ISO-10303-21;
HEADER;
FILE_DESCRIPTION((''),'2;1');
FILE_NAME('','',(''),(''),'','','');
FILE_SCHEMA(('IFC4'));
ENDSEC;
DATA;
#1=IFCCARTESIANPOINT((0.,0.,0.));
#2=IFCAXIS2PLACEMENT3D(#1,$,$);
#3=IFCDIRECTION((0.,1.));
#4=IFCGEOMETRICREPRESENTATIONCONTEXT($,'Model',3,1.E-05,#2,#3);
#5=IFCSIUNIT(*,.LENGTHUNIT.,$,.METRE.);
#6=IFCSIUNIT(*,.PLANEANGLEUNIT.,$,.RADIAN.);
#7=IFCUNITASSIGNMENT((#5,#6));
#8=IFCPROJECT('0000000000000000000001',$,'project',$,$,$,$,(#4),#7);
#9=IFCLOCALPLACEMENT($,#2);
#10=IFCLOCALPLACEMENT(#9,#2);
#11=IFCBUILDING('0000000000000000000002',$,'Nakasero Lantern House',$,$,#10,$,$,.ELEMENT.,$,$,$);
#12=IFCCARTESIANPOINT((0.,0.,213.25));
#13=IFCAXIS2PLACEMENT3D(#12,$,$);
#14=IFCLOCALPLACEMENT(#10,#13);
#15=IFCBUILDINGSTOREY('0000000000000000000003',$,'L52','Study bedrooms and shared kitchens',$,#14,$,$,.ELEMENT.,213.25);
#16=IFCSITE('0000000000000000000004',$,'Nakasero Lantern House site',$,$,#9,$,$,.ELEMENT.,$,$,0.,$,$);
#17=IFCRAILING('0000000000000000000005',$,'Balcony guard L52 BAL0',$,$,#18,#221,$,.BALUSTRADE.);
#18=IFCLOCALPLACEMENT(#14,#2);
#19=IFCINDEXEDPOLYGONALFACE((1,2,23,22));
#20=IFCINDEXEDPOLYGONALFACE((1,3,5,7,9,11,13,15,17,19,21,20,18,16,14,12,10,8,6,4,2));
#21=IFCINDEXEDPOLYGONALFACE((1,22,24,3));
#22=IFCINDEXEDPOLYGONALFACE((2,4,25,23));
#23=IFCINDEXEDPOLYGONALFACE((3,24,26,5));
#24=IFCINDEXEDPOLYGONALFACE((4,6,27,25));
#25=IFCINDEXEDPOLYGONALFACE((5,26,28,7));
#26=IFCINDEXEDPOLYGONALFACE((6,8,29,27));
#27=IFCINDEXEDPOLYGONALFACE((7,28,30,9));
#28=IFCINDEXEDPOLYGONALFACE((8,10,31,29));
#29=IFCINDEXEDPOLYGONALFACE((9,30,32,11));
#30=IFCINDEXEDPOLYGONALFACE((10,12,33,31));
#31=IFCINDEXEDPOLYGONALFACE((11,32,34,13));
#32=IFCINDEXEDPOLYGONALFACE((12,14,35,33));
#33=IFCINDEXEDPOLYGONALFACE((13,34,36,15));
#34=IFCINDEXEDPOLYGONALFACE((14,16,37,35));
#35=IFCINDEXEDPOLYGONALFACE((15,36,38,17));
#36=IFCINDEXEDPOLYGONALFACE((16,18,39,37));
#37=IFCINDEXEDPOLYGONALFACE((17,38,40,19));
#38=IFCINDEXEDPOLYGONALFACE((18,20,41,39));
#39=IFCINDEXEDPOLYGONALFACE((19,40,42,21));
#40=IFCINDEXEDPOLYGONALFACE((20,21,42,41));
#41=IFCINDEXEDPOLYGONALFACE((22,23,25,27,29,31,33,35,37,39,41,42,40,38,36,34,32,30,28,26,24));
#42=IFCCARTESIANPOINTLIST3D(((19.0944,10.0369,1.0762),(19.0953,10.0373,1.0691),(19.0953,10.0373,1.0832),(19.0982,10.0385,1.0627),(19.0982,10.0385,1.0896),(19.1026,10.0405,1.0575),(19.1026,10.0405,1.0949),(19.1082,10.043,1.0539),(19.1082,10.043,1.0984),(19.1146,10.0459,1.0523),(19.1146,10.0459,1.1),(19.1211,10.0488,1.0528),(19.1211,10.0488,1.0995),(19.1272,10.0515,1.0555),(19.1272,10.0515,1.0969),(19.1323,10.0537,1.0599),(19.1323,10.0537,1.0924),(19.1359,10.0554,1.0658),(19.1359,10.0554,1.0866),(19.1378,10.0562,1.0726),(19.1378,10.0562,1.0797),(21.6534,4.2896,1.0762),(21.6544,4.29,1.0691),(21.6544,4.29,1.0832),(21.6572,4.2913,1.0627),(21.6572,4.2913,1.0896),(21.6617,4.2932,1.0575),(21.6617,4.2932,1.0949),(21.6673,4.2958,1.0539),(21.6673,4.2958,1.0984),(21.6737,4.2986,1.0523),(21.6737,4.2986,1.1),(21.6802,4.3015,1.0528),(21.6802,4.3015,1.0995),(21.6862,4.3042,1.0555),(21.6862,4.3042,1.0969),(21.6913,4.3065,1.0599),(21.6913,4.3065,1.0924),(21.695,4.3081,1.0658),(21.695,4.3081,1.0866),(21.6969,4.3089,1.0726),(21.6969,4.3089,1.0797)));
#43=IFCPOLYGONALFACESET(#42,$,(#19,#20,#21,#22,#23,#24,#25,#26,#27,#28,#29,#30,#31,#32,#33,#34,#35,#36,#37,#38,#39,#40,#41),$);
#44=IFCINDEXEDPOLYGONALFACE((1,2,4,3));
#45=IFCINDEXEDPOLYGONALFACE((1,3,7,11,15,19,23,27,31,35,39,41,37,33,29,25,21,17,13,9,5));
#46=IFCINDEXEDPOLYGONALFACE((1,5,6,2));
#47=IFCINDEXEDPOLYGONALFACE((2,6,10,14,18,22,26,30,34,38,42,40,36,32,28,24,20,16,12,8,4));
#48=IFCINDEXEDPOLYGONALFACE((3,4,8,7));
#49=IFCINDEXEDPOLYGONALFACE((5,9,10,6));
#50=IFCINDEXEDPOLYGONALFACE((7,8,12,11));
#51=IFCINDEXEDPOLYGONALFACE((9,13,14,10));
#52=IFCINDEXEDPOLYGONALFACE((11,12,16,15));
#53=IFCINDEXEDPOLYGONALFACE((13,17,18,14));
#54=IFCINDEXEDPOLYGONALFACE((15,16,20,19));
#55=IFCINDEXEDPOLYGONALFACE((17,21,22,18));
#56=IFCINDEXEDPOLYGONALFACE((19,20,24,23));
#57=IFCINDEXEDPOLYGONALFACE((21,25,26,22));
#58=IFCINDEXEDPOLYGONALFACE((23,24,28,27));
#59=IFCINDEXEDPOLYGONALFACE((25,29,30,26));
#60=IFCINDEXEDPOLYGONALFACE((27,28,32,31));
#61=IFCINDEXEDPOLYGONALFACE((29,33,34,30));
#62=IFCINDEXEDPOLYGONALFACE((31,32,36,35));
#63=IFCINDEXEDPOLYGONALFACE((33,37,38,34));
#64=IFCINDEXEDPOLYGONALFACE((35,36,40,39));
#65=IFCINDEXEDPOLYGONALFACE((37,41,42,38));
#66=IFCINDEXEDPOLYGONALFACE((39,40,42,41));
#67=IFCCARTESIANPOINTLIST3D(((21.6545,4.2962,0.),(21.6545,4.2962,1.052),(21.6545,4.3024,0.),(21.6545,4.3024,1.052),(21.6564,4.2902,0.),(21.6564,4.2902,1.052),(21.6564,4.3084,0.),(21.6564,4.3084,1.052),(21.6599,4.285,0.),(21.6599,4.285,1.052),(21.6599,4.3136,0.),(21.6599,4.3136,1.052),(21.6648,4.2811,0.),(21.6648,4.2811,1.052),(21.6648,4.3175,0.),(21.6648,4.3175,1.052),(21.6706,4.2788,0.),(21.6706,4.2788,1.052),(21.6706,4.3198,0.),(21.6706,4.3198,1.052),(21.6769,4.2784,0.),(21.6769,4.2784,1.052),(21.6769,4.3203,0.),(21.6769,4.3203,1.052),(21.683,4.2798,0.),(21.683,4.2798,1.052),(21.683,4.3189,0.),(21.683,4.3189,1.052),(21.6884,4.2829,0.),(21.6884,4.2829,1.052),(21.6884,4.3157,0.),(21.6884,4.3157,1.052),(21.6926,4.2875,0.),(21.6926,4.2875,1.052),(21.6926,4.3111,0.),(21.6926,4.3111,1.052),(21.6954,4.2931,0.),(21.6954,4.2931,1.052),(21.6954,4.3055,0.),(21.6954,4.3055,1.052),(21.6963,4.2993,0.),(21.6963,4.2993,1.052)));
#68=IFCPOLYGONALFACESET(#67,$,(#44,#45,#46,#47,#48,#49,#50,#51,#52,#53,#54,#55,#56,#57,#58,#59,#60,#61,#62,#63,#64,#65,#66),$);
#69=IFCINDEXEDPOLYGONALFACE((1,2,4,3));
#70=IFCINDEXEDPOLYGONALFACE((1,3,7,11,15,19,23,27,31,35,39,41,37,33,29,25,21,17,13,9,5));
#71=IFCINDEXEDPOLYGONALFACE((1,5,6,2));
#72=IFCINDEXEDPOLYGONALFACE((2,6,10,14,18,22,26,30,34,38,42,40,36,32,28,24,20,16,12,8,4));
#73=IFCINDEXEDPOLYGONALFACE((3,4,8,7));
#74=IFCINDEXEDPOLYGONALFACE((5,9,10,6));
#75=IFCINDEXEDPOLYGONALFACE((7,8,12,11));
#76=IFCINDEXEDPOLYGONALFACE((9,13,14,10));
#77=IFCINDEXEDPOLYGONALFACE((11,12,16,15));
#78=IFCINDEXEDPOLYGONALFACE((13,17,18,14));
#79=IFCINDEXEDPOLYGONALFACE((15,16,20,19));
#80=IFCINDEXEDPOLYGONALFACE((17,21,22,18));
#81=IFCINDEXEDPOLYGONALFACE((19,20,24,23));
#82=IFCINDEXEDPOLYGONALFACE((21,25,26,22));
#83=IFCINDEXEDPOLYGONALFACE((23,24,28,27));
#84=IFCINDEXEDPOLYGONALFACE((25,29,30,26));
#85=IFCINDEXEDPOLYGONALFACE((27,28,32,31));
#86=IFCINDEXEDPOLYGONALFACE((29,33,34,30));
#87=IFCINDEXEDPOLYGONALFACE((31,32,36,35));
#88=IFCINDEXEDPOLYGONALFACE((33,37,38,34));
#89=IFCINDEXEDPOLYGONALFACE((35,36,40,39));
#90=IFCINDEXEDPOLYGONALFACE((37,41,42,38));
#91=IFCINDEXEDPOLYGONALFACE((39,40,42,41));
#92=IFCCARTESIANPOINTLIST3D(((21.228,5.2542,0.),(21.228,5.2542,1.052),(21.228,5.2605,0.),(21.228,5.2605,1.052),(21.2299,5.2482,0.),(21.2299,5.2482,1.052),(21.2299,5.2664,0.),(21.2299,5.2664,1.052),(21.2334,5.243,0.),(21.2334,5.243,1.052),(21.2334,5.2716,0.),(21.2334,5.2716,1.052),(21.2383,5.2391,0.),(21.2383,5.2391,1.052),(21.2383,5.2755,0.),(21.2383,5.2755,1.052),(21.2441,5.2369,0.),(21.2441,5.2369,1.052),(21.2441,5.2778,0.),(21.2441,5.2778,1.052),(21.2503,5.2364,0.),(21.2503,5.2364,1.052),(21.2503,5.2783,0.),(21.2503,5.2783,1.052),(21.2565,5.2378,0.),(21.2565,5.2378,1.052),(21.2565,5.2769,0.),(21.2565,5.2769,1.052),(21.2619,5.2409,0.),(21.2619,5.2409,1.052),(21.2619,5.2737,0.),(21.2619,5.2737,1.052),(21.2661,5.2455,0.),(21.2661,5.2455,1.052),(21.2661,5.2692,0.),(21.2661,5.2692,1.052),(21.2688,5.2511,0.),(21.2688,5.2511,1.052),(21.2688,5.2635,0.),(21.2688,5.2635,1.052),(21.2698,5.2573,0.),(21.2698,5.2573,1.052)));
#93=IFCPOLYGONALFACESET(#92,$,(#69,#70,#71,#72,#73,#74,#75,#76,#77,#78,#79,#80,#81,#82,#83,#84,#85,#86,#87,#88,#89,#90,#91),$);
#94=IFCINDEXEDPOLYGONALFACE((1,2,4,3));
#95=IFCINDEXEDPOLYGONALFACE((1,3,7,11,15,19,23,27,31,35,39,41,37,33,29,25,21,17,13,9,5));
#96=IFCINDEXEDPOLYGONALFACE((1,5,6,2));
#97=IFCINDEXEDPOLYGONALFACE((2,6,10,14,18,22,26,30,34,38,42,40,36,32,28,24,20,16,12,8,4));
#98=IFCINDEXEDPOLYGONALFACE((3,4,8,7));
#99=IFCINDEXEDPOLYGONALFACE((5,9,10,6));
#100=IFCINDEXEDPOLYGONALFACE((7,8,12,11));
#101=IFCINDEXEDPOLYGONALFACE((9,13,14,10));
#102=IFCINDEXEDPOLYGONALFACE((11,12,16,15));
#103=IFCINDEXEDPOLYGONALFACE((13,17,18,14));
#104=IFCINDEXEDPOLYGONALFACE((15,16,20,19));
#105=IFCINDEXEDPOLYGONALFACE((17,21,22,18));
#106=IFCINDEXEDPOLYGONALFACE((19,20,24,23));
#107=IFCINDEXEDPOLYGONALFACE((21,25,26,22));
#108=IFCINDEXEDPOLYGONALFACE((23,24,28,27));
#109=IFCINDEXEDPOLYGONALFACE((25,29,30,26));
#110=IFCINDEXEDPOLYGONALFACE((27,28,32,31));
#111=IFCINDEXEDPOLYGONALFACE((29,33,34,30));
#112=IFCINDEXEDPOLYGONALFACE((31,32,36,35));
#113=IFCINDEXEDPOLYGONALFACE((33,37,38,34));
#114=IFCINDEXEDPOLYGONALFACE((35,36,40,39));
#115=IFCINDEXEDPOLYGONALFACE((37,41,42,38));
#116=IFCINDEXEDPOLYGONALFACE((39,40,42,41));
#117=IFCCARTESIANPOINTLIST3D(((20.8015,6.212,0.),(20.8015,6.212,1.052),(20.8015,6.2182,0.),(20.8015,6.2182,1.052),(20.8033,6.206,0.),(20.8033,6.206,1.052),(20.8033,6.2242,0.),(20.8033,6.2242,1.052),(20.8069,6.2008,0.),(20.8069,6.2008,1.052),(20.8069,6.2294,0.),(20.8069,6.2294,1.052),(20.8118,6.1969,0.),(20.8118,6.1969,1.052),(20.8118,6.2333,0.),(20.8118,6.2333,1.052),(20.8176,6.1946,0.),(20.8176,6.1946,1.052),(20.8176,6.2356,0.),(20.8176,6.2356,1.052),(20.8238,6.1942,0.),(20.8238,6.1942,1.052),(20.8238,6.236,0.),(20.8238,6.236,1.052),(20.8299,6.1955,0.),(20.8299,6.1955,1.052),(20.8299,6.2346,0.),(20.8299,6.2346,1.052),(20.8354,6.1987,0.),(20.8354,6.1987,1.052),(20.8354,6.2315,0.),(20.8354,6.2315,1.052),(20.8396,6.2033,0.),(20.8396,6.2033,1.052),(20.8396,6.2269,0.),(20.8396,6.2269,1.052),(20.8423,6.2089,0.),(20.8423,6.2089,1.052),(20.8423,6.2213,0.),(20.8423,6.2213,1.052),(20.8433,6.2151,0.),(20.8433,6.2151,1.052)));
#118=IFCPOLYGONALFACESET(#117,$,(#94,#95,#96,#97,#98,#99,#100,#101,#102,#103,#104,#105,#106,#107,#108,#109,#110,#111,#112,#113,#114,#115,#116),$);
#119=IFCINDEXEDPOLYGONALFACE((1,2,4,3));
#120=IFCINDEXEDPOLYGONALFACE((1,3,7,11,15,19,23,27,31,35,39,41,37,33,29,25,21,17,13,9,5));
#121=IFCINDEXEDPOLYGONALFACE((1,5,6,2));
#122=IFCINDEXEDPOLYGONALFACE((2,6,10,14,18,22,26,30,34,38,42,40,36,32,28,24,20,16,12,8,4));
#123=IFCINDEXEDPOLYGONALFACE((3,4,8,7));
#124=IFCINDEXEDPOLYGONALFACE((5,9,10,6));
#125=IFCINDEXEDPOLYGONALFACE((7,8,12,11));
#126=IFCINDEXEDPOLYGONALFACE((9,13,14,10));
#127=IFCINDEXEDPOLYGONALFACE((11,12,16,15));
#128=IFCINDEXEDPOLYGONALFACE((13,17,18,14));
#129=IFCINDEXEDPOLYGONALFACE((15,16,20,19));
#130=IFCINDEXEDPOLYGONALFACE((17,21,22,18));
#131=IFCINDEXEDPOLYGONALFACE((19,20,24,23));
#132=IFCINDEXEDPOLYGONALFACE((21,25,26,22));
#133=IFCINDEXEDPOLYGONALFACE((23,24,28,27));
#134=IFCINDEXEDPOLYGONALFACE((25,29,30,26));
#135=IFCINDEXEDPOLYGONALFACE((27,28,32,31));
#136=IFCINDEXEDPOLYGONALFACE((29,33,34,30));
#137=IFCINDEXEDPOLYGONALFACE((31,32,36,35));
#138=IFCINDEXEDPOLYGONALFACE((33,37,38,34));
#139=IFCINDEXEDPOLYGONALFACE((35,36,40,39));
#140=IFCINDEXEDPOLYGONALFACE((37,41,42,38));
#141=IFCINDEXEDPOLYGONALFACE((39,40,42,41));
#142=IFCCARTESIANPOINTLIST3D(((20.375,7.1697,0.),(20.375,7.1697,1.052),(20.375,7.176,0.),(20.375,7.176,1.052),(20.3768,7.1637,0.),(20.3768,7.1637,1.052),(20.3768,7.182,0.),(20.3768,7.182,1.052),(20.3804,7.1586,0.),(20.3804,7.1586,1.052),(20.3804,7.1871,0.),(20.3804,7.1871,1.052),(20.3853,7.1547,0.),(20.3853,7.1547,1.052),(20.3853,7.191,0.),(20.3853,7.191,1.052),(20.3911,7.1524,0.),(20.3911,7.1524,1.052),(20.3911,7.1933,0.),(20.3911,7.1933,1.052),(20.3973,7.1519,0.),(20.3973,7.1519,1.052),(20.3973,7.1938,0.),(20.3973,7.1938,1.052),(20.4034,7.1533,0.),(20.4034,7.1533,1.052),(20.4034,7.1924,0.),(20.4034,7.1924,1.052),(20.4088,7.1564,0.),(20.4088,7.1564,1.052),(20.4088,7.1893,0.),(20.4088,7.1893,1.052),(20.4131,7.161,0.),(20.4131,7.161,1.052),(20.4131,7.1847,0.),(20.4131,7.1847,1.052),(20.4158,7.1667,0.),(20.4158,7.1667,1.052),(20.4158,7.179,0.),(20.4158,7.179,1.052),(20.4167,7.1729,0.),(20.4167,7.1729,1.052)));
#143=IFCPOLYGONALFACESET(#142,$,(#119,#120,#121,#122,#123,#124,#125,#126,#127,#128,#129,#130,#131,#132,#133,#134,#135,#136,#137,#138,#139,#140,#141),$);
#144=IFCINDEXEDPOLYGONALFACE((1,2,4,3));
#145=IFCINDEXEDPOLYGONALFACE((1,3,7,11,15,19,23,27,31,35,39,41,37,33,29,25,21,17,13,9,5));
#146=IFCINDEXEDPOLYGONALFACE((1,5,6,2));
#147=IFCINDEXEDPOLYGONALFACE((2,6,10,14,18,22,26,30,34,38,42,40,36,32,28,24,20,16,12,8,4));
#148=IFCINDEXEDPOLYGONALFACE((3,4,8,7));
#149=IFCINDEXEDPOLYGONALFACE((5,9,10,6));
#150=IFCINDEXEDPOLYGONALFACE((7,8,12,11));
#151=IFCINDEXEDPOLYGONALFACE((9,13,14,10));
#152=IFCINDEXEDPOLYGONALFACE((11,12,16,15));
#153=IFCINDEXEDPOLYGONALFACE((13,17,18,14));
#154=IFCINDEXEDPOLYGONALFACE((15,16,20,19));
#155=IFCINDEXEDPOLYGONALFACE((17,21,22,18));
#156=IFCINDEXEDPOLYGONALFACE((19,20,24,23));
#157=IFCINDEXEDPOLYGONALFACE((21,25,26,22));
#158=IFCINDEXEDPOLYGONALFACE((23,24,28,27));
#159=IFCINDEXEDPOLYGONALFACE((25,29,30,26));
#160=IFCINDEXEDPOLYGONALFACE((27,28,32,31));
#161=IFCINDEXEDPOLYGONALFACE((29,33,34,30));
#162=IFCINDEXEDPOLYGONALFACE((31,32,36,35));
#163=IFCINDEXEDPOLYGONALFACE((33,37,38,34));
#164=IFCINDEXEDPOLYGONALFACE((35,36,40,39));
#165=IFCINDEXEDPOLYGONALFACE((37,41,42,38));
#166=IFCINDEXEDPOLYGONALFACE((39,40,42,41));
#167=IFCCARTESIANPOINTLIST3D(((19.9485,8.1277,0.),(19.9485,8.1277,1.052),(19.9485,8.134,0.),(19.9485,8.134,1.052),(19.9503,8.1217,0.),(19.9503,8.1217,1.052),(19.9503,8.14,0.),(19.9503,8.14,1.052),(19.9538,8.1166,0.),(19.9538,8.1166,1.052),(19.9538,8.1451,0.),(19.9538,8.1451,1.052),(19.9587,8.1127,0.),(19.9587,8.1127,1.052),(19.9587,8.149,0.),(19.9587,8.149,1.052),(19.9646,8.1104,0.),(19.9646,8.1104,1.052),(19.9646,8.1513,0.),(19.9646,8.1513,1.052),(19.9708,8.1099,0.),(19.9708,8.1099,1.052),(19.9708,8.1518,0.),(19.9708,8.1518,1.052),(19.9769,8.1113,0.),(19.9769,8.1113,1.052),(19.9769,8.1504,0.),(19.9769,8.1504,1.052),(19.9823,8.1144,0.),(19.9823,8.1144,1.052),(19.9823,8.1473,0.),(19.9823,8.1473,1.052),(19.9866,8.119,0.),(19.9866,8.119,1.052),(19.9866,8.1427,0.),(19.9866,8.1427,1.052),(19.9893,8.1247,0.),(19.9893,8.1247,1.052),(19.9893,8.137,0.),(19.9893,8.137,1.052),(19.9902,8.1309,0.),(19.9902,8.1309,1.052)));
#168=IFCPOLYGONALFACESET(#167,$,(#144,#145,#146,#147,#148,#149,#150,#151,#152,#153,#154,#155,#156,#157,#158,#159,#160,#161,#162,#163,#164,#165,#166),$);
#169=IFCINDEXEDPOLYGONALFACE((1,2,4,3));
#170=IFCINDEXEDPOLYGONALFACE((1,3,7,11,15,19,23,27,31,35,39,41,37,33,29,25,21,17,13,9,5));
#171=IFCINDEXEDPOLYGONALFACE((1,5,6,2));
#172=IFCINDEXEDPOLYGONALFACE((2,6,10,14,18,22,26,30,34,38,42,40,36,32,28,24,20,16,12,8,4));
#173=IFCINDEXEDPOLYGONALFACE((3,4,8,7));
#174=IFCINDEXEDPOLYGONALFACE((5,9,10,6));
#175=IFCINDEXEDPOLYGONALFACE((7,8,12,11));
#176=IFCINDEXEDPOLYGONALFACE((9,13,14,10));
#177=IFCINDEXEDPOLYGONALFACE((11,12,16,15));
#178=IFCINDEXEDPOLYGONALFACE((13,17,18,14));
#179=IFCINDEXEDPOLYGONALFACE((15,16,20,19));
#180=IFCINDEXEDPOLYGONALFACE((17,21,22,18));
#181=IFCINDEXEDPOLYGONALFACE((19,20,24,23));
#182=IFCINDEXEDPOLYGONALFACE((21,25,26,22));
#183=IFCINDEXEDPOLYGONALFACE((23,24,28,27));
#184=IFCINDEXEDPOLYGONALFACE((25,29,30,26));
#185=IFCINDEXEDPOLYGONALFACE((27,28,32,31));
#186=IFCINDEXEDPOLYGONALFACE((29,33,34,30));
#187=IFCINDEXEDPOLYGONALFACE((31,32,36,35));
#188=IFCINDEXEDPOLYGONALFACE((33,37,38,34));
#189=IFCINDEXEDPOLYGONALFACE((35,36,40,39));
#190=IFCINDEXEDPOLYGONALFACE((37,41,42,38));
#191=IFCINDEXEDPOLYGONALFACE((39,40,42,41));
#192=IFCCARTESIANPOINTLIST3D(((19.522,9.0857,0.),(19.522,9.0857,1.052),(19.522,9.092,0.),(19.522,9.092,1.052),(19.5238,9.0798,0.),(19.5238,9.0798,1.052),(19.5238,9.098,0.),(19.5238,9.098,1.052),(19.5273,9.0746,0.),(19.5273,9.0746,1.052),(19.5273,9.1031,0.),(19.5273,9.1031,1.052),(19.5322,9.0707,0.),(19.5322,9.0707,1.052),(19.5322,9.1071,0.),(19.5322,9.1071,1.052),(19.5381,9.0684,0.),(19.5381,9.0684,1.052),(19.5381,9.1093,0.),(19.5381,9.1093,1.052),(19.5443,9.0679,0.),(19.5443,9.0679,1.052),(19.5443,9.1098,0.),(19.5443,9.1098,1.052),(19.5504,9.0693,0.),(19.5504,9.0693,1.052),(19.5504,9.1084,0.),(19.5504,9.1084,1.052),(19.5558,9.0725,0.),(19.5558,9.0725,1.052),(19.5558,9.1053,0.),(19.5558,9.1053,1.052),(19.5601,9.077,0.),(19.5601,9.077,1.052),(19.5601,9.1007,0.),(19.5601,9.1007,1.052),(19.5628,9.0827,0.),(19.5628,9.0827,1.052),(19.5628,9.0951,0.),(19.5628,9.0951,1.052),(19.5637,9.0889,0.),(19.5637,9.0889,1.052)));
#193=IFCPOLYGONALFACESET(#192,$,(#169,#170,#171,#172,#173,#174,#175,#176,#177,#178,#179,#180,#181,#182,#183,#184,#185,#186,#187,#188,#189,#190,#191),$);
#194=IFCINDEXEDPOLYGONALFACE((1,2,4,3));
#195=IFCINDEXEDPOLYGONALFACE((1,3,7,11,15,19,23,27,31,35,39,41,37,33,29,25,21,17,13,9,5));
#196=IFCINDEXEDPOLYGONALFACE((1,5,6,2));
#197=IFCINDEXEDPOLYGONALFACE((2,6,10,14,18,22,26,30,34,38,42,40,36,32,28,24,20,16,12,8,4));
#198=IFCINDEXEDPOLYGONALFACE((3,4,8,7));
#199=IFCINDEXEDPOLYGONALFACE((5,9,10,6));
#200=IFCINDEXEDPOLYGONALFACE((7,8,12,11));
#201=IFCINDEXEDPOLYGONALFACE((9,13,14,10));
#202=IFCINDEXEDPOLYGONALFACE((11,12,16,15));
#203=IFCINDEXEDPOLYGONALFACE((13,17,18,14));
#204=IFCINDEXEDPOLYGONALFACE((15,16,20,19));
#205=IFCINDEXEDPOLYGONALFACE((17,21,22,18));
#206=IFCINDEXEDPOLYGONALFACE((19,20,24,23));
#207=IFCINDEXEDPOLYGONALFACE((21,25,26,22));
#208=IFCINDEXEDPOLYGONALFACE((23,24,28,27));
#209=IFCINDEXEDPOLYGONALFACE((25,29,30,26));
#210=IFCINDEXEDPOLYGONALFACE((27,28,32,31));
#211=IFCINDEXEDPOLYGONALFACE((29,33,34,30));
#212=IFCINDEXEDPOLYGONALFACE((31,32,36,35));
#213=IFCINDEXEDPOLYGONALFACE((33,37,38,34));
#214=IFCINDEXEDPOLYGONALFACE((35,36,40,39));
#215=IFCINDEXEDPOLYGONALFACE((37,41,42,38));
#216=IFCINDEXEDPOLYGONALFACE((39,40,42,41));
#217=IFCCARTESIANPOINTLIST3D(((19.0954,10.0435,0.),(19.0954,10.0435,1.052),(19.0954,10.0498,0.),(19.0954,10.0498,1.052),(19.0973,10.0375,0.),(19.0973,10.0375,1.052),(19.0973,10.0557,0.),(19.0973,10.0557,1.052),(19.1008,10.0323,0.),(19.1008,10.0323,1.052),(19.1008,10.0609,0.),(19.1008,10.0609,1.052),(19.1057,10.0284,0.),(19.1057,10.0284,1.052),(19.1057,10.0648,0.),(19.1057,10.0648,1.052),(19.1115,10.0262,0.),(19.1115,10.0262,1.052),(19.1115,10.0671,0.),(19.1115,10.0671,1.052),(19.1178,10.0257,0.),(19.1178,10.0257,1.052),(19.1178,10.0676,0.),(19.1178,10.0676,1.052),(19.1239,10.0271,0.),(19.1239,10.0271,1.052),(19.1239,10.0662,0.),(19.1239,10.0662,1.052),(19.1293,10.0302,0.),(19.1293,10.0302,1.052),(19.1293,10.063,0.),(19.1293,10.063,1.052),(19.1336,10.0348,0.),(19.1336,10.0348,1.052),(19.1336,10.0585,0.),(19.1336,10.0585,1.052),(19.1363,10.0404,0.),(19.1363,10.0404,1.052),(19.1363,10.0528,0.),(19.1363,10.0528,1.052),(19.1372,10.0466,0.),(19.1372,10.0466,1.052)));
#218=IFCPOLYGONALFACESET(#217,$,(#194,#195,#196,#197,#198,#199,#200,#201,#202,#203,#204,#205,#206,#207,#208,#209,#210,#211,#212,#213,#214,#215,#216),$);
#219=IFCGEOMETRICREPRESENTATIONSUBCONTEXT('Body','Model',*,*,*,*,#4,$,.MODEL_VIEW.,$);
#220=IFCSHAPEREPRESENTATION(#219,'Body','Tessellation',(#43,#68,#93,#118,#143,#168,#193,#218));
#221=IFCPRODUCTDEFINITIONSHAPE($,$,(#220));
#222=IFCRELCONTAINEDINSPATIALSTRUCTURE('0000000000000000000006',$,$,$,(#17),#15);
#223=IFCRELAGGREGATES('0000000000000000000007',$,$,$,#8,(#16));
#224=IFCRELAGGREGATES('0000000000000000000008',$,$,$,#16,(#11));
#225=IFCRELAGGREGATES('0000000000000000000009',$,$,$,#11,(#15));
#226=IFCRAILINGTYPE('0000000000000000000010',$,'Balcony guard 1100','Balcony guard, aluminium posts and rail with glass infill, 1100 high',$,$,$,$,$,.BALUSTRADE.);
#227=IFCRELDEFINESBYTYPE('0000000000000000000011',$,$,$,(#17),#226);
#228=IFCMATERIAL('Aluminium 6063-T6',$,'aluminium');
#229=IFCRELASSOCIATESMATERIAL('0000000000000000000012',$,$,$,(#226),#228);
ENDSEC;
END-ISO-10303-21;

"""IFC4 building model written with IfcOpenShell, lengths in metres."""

from ifc_helpers import new_model, si_unit, direction, frame, origin, origin_2d, place, context, subcontext, project, spatial, circle, extrude, material, type_object, element, save


model = new_model("IFC4")

# Units and contexts
model_context = context("Model", 3, precision=1e-05, world=origin(), true_north=direction((0.0, 1.0)))
body_context = subcontext(model_context, "Body", "Model", "MODEL_VIEW")
ifc_project = project(units=[si_unit("LENGTHUNIT", "METRE"), si_unit("PLANEANGLEUNIT", "RADIAN")], contexts=[model_context])

# Site, building, storey
site_placement = place(None, origin())
site = spatial("IfcSite", under=ifc_project, at=site_placement, Name="Nakasero Lantern House site", CompositionType="ELEMENT", RefElevation=0.0)
building_placement = place(site_placement, origin())
building = spatial("IfcBuilding", under=site, at=building_placement, Name="Nakasero Lantern House", CompositionType="ELEMENT")
storey_placement = place(building_placement, frame((0.0, 0.0, 213.25)))
storey = spatial("IfcBuildingStorey", under=building, at=storey_placement, Name="L52", Description="Study bedrooms and shared kitchens", CompositionType="ELEMENT", Elevation=213.25)

# Railing
ifc_material_1 = material(Name="Aluminium 6063-T6", Category="aluminium")
railing_type = type_object("IfcRailingType", Name="Balcony guard 1100", Description="Balcony guard, aluminium posts and rail with glass infill, 1100 high", PredefinedType="BALUSTRADE", material=ifc_material_1)
railing_placement = place(storey_placement, frame((21.6753, 4.2993, 0.0)))
element("IfcRailing", 1, at=railing_placement, inside=storey, type_object=railing_type, Name="Balcony guard L52 BAL0", PredefinedType="BALUSTRADE", context=body_context, shape_type="SweptSolid", body=[
    extrude(circle(Radius=0.0239, at=origin_2d()), frame((0.0, 0.0, 1.0762), z_axis=(-0.406765, 0.913533, 0.0), x_axis=(-0.913533, -0.406765, 0.0)), (0.0, 0.0, 1.0), 6.2913),
    extrude(circle(Radius=0.021, at=origin_2d()), origin(), (0.0, 0.0, 1.0), 1.052),
    extrude(circle(Radius=0.021, at=origin_2d()), frame((-0.4265, 0.958, 0.0)), (0.0, 0.0, 1.0), 1.052),
    extrude(circle(Radius=0.021, at=origin_2d()), frame((-0.853, 1.9158, 0.0)), (0.0, 0.0, 1.0), 1.052),
    extrude(circle(Radius=0.021, at=origin_2d()), frame((-1.2795, 2.8735, 0.0)), (0.0, 0.0, 1.0), 1.052),
    extrude(circle(Radius=0.021, at=origin_2d()), frame((-1.7061, 3.8315, 0.0)), (0.0, 0.0, 1.0), 1.052),
    extrude(circle(Radius=0.021, at=origin_2d()), frame((-2.1326, 4.7896, 0.0)), (0.0, 0.0, 1.0), 1.052),
    extrude(circle(Radius=0.021, at=origin_2d()), frame((-2.5591, 5.7473, 0.0)), (0.0, 0.0, 1.0), 1.052),
])

save(model, "model.ifc")
